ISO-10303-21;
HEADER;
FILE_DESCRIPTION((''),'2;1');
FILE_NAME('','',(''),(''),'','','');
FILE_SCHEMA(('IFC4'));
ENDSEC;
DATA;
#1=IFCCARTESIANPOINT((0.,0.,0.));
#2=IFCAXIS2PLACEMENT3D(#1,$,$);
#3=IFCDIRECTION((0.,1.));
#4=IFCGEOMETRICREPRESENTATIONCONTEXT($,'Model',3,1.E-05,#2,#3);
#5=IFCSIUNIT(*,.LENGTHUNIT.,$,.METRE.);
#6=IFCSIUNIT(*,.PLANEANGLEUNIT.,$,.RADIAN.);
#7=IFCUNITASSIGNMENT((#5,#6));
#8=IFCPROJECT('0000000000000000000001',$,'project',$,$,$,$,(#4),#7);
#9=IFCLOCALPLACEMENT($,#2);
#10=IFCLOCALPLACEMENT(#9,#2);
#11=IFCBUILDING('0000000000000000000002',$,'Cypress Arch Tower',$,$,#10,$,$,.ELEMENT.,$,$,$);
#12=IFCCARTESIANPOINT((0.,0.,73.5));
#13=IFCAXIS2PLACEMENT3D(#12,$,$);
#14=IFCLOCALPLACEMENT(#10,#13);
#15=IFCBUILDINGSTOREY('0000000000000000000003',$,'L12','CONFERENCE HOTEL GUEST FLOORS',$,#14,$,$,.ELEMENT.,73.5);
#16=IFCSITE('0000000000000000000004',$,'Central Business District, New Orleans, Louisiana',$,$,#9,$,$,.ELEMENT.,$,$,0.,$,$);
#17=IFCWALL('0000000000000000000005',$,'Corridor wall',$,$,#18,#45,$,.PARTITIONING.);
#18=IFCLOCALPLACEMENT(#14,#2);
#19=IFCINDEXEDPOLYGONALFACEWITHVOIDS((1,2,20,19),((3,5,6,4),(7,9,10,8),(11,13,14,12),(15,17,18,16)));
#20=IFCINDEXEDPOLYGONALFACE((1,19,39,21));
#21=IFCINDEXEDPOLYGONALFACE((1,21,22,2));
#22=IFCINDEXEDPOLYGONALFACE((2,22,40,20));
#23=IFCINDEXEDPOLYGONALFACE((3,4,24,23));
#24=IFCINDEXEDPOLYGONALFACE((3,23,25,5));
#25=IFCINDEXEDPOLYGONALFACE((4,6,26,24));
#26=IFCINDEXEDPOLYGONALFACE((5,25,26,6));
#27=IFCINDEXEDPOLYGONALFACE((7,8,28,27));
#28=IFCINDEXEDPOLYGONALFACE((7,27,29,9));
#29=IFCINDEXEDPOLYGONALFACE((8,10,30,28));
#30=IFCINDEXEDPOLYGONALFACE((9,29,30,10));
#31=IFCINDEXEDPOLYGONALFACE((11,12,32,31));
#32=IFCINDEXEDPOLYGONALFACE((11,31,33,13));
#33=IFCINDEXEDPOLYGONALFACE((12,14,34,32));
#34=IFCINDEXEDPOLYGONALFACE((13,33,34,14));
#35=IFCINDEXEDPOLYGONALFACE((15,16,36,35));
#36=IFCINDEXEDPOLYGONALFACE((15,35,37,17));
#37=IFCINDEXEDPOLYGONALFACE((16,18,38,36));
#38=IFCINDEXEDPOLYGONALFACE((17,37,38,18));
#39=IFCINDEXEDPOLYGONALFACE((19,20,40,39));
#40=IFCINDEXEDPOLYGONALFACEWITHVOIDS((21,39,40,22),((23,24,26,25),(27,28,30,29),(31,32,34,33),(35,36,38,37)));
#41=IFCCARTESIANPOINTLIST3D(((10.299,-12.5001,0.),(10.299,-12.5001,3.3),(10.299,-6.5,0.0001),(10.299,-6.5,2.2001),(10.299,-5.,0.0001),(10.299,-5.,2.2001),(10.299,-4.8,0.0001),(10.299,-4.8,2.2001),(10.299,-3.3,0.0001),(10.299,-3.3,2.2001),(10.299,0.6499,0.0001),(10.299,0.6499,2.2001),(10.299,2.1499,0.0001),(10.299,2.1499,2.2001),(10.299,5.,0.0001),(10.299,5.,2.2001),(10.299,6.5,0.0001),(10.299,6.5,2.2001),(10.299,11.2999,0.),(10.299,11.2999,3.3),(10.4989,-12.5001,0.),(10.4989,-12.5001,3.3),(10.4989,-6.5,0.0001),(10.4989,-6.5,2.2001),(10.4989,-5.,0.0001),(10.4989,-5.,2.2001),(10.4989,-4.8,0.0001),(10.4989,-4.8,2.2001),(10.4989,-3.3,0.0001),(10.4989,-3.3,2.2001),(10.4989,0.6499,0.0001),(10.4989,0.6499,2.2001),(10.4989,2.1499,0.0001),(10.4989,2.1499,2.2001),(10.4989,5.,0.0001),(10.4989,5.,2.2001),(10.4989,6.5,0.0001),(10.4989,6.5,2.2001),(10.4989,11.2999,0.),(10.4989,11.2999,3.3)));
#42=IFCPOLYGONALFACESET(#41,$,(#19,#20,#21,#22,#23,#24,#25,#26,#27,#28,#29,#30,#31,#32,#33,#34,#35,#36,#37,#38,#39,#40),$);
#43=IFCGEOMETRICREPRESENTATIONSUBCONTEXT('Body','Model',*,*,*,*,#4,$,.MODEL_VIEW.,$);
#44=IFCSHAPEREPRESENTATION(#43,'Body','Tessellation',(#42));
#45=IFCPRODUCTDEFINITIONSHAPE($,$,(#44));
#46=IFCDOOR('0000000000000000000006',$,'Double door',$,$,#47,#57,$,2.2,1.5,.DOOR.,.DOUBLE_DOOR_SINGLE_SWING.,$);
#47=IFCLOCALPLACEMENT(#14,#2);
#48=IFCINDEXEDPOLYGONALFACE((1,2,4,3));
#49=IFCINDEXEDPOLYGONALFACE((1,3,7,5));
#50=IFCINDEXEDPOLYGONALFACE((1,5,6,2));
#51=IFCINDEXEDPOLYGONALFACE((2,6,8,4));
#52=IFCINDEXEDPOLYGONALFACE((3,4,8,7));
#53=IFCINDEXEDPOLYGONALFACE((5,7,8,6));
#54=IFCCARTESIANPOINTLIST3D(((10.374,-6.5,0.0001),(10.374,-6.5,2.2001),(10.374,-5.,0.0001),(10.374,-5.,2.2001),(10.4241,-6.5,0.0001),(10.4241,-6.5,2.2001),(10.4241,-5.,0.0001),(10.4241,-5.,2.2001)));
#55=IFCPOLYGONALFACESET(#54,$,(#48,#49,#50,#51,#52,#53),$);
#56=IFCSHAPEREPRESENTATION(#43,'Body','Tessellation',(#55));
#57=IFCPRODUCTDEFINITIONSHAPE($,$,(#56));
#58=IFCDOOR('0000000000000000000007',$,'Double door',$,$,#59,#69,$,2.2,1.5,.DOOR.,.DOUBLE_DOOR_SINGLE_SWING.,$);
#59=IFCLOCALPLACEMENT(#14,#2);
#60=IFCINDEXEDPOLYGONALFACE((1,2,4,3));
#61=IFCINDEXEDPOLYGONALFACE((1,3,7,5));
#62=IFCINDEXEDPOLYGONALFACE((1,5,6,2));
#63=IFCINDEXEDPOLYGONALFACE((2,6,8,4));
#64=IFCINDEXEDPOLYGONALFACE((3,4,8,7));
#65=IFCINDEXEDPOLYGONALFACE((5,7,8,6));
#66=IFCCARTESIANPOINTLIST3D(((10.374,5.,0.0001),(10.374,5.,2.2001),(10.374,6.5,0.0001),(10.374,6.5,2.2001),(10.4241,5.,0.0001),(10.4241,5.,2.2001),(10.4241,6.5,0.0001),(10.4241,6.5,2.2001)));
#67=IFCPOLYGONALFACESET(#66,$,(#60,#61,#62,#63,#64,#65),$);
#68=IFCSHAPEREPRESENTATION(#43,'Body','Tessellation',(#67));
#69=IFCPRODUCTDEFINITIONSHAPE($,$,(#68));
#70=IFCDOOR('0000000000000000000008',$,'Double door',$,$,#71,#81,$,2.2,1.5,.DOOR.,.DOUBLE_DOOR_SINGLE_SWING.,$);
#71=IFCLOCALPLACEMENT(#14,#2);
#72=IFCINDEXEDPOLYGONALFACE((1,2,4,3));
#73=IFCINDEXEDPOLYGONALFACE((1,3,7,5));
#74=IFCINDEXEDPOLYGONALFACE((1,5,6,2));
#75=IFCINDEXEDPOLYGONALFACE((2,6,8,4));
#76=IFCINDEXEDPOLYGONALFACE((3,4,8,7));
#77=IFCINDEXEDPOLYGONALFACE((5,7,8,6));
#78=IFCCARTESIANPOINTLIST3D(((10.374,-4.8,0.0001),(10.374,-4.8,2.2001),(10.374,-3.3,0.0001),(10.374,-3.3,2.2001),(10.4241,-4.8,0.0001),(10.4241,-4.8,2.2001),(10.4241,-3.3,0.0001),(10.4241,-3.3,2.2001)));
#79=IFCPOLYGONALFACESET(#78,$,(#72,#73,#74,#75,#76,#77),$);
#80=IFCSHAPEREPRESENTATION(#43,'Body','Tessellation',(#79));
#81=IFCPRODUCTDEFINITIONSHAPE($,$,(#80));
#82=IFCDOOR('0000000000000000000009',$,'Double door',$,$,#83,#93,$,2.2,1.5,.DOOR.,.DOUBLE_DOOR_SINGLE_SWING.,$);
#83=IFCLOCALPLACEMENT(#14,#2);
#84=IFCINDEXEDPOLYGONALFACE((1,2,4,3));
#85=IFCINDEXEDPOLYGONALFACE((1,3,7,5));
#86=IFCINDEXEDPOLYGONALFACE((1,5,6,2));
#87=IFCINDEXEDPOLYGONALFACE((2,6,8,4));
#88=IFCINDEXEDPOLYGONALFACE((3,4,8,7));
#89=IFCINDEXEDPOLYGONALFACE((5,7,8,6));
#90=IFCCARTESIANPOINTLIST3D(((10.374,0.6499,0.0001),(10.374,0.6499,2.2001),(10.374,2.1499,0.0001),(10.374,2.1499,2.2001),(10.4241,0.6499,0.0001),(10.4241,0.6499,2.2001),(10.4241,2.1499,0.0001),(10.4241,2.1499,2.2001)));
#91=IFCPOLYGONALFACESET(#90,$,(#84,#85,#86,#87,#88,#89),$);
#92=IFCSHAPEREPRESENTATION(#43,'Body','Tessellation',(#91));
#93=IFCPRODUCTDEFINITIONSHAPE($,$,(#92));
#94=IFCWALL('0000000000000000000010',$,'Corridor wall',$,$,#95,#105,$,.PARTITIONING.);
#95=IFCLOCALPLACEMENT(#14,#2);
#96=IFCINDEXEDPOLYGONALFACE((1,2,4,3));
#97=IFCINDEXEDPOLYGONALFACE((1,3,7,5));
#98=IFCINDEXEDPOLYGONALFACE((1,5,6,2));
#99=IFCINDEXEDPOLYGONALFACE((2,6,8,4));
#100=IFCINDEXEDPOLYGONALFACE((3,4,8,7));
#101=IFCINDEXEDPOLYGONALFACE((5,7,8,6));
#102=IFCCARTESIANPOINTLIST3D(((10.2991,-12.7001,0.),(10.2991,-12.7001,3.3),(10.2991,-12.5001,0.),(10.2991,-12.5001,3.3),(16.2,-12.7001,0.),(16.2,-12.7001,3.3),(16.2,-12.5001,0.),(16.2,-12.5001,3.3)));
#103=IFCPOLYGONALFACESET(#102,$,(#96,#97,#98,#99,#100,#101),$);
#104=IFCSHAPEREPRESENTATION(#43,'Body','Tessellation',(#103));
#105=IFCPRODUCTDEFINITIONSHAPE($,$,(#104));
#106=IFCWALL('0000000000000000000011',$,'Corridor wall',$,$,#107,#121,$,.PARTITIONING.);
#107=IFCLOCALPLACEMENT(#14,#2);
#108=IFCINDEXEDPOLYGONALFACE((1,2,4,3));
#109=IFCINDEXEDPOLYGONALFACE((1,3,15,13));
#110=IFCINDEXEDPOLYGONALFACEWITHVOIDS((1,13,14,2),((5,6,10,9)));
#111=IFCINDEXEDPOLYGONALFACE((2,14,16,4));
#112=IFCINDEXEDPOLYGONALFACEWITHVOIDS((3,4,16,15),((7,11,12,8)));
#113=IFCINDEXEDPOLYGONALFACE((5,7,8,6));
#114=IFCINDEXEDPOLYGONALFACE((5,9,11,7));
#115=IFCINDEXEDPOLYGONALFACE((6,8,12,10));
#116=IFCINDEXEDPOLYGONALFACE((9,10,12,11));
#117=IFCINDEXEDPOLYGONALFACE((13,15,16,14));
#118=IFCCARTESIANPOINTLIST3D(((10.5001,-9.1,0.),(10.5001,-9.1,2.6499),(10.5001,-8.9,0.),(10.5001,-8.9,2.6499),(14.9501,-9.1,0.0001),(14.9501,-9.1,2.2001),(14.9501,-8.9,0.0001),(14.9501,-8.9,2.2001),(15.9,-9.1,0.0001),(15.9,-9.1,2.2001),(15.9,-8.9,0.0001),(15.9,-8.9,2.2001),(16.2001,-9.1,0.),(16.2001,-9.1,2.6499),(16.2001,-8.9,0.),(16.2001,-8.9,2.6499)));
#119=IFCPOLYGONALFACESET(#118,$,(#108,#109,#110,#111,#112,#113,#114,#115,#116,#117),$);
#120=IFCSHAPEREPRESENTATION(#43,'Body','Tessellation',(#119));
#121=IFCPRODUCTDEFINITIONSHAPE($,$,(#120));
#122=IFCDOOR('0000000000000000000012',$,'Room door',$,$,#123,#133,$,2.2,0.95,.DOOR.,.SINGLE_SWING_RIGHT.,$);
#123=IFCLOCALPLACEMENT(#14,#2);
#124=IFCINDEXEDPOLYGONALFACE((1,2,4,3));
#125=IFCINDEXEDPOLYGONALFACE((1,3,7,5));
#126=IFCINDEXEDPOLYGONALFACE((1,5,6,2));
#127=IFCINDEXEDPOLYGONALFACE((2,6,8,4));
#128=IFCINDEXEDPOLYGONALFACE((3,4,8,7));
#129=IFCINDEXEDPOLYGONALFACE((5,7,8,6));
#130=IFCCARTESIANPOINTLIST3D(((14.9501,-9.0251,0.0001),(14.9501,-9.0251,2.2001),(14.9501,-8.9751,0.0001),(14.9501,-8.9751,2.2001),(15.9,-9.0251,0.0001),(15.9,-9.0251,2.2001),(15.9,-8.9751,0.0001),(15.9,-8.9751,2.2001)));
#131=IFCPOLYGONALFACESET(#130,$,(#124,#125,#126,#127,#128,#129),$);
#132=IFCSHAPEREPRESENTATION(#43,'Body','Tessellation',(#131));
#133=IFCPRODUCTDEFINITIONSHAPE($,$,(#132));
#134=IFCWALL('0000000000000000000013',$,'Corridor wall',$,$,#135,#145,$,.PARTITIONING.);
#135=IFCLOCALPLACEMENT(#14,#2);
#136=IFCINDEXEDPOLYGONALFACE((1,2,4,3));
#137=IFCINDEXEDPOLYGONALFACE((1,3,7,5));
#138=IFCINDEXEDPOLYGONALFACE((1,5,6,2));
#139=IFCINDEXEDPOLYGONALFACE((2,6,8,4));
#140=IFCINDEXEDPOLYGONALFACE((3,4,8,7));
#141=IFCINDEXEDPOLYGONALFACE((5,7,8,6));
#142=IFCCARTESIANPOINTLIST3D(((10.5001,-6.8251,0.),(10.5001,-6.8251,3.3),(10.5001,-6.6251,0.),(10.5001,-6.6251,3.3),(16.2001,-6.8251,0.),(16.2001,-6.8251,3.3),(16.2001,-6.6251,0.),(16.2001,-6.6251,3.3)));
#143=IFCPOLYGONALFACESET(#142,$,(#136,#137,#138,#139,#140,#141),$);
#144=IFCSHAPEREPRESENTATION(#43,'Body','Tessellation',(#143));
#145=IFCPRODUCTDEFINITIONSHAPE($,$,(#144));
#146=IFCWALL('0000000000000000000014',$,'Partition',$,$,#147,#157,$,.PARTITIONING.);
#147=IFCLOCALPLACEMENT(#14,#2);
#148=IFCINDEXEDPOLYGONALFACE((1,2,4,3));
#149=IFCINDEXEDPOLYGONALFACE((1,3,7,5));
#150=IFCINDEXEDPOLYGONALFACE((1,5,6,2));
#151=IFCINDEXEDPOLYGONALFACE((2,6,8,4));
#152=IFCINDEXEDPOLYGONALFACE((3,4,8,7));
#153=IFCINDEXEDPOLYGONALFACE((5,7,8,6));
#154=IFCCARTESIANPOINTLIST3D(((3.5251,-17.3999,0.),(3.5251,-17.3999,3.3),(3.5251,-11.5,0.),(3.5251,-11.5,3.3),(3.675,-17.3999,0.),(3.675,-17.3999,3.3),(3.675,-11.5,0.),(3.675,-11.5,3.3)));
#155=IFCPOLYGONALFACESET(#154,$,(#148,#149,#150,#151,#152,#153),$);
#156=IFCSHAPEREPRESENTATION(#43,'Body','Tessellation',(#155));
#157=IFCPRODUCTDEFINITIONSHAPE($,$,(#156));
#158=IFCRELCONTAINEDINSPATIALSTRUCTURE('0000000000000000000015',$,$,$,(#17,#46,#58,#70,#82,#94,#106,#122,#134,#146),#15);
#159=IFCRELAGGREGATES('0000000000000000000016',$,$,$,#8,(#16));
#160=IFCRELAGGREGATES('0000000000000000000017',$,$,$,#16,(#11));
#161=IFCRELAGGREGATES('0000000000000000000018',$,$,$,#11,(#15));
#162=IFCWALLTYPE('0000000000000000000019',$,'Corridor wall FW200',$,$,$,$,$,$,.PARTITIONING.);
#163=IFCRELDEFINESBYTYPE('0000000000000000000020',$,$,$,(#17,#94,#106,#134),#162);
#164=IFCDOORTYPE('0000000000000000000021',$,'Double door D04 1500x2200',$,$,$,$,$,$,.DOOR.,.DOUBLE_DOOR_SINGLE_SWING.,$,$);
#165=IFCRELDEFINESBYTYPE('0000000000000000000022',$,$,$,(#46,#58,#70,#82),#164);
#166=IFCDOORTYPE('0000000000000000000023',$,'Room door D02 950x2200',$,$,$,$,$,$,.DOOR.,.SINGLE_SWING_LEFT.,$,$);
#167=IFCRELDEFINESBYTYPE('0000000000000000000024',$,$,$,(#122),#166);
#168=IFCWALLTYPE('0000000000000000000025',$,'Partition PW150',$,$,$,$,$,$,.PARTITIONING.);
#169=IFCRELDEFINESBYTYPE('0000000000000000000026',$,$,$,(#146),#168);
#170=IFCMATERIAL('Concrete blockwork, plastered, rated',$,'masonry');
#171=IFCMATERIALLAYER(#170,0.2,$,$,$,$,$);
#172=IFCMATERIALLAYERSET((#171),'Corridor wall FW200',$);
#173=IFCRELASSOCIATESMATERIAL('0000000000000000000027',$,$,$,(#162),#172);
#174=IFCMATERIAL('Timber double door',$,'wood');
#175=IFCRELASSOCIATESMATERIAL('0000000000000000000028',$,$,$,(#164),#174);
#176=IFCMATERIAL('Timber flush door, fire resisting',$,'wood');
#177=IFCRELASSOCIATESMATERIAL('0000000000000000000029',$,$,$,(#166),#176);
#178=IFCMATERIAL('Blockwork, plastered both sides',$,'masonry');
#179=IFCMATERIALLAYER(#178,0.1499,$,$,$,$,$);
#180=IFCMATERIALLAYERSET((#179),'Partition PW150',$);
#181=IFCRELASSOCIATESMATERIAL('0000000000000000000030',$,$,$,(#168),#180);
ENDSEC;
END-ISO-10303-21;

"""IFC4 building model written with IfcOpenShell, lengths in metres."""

from ifc_helpers import new_model, si_unit, direction, frame, frame_2d, origin, place, context, subcontext, project, spatial, rectangle, extrude, material, layer, layer_set, type_object, element, fill, save


model = new_model("IFC4")

# Units and contexts
model_context = context("Model", 3, precision=1e-05, world=origin(), true_north=direction((0.0, 1.0)))
body_context = subcontext(model_context, "Body", "Model", "MODEL_VIEW")
ifc_project = project(units=[si_unit("LENGTHUNIT", "METRE"), si_unit("PLANEANGLEUNIT", "RADIAN")], contexts=[model_context])

# Site, building, storey
site_placement = place(None, origin())
site = spatial("IfcSite", under=ifc_project, at=site_placement, Name="Central Business District, New Orleans, Louisiana", CompositionType="ELEMENT", RefElevation=0.0)
building_placement = place(site_placement, origin())
building = spatial("IfcBuilding", under=site, at=building_placement, Name="Cypress Arch Tower", CompositionType="ELEMENT")
storey_placement = place(building_placement, frame((0.0, 0.0, 73.5)))
storey = spatial("IfcBuildingStorey", under=building, at=storey_placement, Name="L12", Description="CONFERENCE HOTEL GUEST FLOORS", CompositionType="ELEMENT", Elevation=73.5)

# Shared definitions
ifc_material_1 = material(Name="Concrete blockwork, plastered, rated", Category="masonry")
ifc_layer_1 = layer(ifc_material_1, 0.2)
ifc_layer_set_1 = layer_set([ifc_layer_1], Name="Corridor wall FW200")
wall_type_1 = type_object("IfcWallType", Name="Corridor wall FW200", PredefinedType="PARTITIONING", material=ifc_layer_set_1)

# Wall, openings, doors
wall_1_placement = place(storey_placement, frame((10.3989, -12.5, 0.0), z_axis=(0.0, 0.0, 1.0), x_axis=(0.0, 1.0, 0.0)))
wall_1 = element("IfcWall", 1, at=wall_1_placement, inside=storey, type_object=wall_type_1, Name="Corridor wall", PredefinedType="PARTITIONING", context=body_context, shape_type="SweptSolid", body=[
    extrude(rectangle(XDim=23.8, YDim=0.2, at=frame_2d((11.8999, 0.0))), origin(), (0.0, 0.0, 1.0), 3.3),
])
opening_1_placement = place(wall_1_placement, frame((6.0, 0.0, 0.0)))
opening_1 = element("IfcOpeningElement", 2, at=opening_1_placement, cuts=wall_1, PredefinedType="OPENING", context=body_context, shape_type="SweptSolid", body=[
    extrude(rectangle(XDim=1.5, YDim=2.2, at=frame_2d((0.75, 1.1001))), frame((0.0, 0.1099, 0.0), z_axis=(0.0, -1.0, 0.0), x_axis=(1.0, 0.0, 0.0)), (0.0, 0.0, 1.0), 0.22),
])
opening_2_placement = place(wall_1_placement, frame((17.5, 0.0, 0.0)))
opening_2 = element("IfcOpeningElement", 3, at=opening_2_placement, cuts=wall_1, PredefinedType="OPENING", context=body_context, shape_type="SweptSolid", body=[
    extrude(rectangle(XDim=1.5, YDim=2.2, at=frame_2d((0.75, 1.1001))), frame((0.0, 0.1099, 0.0), z_axis=(0.0, -1.0, 0.0), x_axis=(1.0, 0.0, 0.0)), (0.0, 0.0, 1.0), 0.22),
])
opening_3_placement = place(wall_1_placement, frame((7.7, 0.0, 0.0)))
opening_3 = element("IfcOpeningElement", 4, at=opening_3_placement, cuts=wall_1, PredefinedType="OPENING", context=body_context, shape_type="SweptSolid", body=[
    extrude(rectangle(XDim=1.5, YDim=2.2, at=frame_2d((0.75, 1.1001))), frame((0.0, 0.1099, 0.0), z_axis=(0.0, -1.0, 0.0), x_axis=(1.0, 0.0, 0.0)), (0.0, 0.0, 1.0), 0.22),
])
opening_4_placement = place(wall_1_placement, frame((13.1499, 0.0, 0.0)))
opening_4 = element("IfcOpeningElement", 5, at=opening_4_placement, cuts=wall_1, PredefinedType="OPENING", context=body_context, shape_type="SweptSolid", body=[
    extrude(rectangle(XDim=1.5, YDim=2.2, at=frame_2d((0.75, 1.1001))), frame((0.0, 0.1099, 0.0), z_axis=(0.0, -1.0, 0.0), x_axis=(1.0, 0.0, 0.0)), (0.0, 0.0, 1.0), 0.22),
])
ifc_material_2 = material(Name="Timber double door", Category="wood")
door_type_1 = type_object("IfcDoorType", Name="Double door D04 1500x2200", OperationType="DOUBLE_DOOR_SINGLE_SWING", PredefinedType="DOOR", material=ifc_material_2)
door_1_placement = place(opening_1_placement, origin())
door_1 = element("IfcDoor", 6, at=door_1_placement, inside=storey, type_object=door_type_1, Name="Double door", OperationType="DOUBLE_DOOR_SINGLE_SWING", OverallHeight=2.2, OverallWidth=1.5, PredefinedType="DOOR", context=body_context, shape_type="SweptSolid", body=[
    extrude(rectangle(XDim=1.5, YDim=2.2, at=frame_2d((0.75, 1.1001))), frame((0.0, 0.0249, 0.0), z_axis=(0.0, -1.0, 0.0), x_axis=(1.0, 0.0, 0.0)), (0.0, 0.0, 1.0), 0.05),
])
fill(opening_1, door_1)
door_2_placement = place(opening_2_placement, origin())
door_2 = element("IfcDoor", 7, at=door_2_placement, inside=storey, type_object=door_type_1, Name="Double door", OperationType="DOUBLE_DOOR_SINGLE_SWING", OverallHeight=2.2, OverallWidth=1.5, PredefinedType="DOOR", context=body_context, shape_type="SweptSolid", body=[
    extrude(rectangle(XDim=1.5, YDim=2.2, at=frame_2d((0.75, 1.1001))), frame((0.0, 0.0249, 0.0), z_axis=(0.0, -1.0, 0.0), x_axis=(1.0, 0.0, 0.0)), (0.0, 0.0, 1.0), 0.05),
])
fill(opening_2, door_2)
door_3_placement = place(opening_3_placement, origin())
door_3 = element("IfcDoor", 8, at=door_3_placement, inside=storey, type_object=door_type_1, Name="Double door", OperationType="DOUBLE_DOOR_SINGLE_SWING", OverallHeight=2.2, OverallWidth=1.5, PredefinedType="DOOR", context=body_context, shape_type="SweptSolid", body=[
    extrude(rectangle(XDim=1.5, YDim=2.2, at=frame_2d((0.75, 1.1001))), frame((0.0, 0.0249, 0.0), z_axis=(0.0, -1.0, 0.0), x_axis=(1.0, 0.0, 0.0)), (0.0, 0.0, 1.0), 0.05),
])
fill(opening_3, door_3)
door_4_placement = place(opening_4_placement, origin())
door_4 = element("IfcDoor", 9, at=door_4_placement, inside=storey, type_object=door_type_1, Name="Double door", OperationType="DOUBLE_DOOR_SINGLE_SWING", OverallHeight=2.2, OverallWidth=1.5, PredefinedType="DOOR", context=body_context, shape_type="SweptSolid", body=[
    extrude(rectangle(XDim=1.5, YDim=2.2, at=frame_2d((0.75, 1.1001))), frame((0.0, 0.0249, 0.0), z_axis=(0.0, -1.0, 0.0), x_axis=(1.0, 0.0, 0.0)), (0.0, 0.0, 1.0), 0.05),
])
fill(opening_4, door_4)

# Wall
wall_2_placement = place(storey_placement, frame((10.2991, -12.6001, 0.0), z_axis=(0.0, 0.0, 1.0), x_axis=(1.0, 0.0, 0.0)))
element("IfcWall", 10, at=wall_2_placement, inside=storey, type_object=wall_type_1, Name="Corridor wall", PredefinedType="PARTITIONING", context=body_context, shape_type="SweptSolid", body=[
    extrude(rectangle(XDim=5.9009, YDim=0.2, at=frame_2d((2.9504, 0.0))), origin(), (0.0, 0.0, 1.0), 3.3),
])

# Wall, opening, door
wall_3_placement = place(storey_placement, frame((10.5, -9.0, 0.0), z_axis=(0.0, 0.0, 1.0), x_axis=(1.0, 0.0, 0.0)))
wall_3 = element("IfcWall", 11, at=wall_3_placement, inside=storey, type_object=wall_type_1, Name="Corridor wall", PredefinedType="PARTITIONING", context=body_context, shape_type="SweptSolid", body=[
    extrude(rectangle(XDim=5.7, YDim=0.2, at=frame_2d((2.8501, 0.0))), origin(), (0.0, 0.0, 1.0), 2.6499),
])
opening_5_placement = place(wall_3_placement, frame((4.45, 0.0, 0.0)))
opening_5 = element("IfcOpeningElement", 12, at=opening_5_placement, cuts=wall_3, PredefinedType="OPENING", context=body_context, shape_type="SweptSolid", body=[
    extrude(rectangle(XDim=0.95, YDim=2.2, at=frame_2d((0.4751, 1.1001))), frame((0.0, 0.1099, 0.0), z_axis=(0.0, -1.0, 0.0), x_axis=(1.0, 0.0, 0.0)), (0.0, 0.0, 1.0), 0.22),
])
ifc_material_3 = material(Name="Timber flush door, fire resisting", Category="wood")
door_type_2 = type_object("IfcDoorType", Name="Room door D02 950x2200", OperationType="SINGLE_SWING_LEFT", PredefinedType="DOOR", material=ifc_material_3)
door_5_placement = place(opening_5_placement, origin())
door_5 = element("IfcDoor", 13, at=door_5_placement, inside=storey, type_object=door_type_2, Name="Room door", OperationType="SINGLE_SWING_RIGHT", OverallHeight=2.2, OverallWidth=0.95, PredefinedType="DOOR", context=body_context, shape_type="SweptSolid", body=[
    extrude(rectangle(XDim=0.95, YDim=2.2, at=frame_2d((0.4751, 1.1001))), frame((0.0, 0.0249, 0.0), z_axis=(0.0, -1.0, 0.0), x_axis=(1.0, 0.0, 0.0)), (0.0, 0.0, 1.0), 0.05),
])
fill(opening_5, door_5)

# Walls
wall_4_placement = place(storey_placement, frame((10.5, -6.7251, 0.0), z_axis=(0.0, 0.0, 1.0), x_axis=(1.0, 0.0, 0.0)))
element("IfcWall", 14, at=wall_4_placement, inside=storey, type_object=wall_type_1, Name="Corridor wall", PredefinedType="PARTITIONING", context=body_context, shape_type="SweptSolid", body=[
    extrude(rectangle(XDim=5.7, YDim=0.2, at=frame_2d((2.8501, 0.0))), origin(), (0.0, 0.0, 1.0), 3.3),
])
ifc_material_4 = material(Name="Blockwork, plastered both sides", Category="masonry")
ifc_layer_2 = layer(ifc_material_4, 0.1499)
ifc_layer_set_2 = layer_set([ifc_layer_2], Name="Partition PW150")
wall_type_2 = type_object("IfcWallType", Name="Partition PW150", PredefinedType="PARTITIONING", material=ifc_layer_set_2)
wall_5_placement = place(storey_placement, frame((3.6001, -17.3999, 0.0), z_axis=(0.0, 0.0, 1.0), x_axis=(0.0, 1.0, 0.0)))
element("IfcWall", 15, at=wall_5_placement, inside=storey, type_object=wall_type_2, Name="Partition", PredefinedType="PARTITIONING", context=body_context, shape_type="SweptSolid", body=[
    extrude(rectangle(XDim=5.8999, YDim=0.1499, at=frame_2d((2.95, 0.0))), origin(), (0.0, 0.0, 1.0), 3.3),
])

save(model, "model.ifc")
